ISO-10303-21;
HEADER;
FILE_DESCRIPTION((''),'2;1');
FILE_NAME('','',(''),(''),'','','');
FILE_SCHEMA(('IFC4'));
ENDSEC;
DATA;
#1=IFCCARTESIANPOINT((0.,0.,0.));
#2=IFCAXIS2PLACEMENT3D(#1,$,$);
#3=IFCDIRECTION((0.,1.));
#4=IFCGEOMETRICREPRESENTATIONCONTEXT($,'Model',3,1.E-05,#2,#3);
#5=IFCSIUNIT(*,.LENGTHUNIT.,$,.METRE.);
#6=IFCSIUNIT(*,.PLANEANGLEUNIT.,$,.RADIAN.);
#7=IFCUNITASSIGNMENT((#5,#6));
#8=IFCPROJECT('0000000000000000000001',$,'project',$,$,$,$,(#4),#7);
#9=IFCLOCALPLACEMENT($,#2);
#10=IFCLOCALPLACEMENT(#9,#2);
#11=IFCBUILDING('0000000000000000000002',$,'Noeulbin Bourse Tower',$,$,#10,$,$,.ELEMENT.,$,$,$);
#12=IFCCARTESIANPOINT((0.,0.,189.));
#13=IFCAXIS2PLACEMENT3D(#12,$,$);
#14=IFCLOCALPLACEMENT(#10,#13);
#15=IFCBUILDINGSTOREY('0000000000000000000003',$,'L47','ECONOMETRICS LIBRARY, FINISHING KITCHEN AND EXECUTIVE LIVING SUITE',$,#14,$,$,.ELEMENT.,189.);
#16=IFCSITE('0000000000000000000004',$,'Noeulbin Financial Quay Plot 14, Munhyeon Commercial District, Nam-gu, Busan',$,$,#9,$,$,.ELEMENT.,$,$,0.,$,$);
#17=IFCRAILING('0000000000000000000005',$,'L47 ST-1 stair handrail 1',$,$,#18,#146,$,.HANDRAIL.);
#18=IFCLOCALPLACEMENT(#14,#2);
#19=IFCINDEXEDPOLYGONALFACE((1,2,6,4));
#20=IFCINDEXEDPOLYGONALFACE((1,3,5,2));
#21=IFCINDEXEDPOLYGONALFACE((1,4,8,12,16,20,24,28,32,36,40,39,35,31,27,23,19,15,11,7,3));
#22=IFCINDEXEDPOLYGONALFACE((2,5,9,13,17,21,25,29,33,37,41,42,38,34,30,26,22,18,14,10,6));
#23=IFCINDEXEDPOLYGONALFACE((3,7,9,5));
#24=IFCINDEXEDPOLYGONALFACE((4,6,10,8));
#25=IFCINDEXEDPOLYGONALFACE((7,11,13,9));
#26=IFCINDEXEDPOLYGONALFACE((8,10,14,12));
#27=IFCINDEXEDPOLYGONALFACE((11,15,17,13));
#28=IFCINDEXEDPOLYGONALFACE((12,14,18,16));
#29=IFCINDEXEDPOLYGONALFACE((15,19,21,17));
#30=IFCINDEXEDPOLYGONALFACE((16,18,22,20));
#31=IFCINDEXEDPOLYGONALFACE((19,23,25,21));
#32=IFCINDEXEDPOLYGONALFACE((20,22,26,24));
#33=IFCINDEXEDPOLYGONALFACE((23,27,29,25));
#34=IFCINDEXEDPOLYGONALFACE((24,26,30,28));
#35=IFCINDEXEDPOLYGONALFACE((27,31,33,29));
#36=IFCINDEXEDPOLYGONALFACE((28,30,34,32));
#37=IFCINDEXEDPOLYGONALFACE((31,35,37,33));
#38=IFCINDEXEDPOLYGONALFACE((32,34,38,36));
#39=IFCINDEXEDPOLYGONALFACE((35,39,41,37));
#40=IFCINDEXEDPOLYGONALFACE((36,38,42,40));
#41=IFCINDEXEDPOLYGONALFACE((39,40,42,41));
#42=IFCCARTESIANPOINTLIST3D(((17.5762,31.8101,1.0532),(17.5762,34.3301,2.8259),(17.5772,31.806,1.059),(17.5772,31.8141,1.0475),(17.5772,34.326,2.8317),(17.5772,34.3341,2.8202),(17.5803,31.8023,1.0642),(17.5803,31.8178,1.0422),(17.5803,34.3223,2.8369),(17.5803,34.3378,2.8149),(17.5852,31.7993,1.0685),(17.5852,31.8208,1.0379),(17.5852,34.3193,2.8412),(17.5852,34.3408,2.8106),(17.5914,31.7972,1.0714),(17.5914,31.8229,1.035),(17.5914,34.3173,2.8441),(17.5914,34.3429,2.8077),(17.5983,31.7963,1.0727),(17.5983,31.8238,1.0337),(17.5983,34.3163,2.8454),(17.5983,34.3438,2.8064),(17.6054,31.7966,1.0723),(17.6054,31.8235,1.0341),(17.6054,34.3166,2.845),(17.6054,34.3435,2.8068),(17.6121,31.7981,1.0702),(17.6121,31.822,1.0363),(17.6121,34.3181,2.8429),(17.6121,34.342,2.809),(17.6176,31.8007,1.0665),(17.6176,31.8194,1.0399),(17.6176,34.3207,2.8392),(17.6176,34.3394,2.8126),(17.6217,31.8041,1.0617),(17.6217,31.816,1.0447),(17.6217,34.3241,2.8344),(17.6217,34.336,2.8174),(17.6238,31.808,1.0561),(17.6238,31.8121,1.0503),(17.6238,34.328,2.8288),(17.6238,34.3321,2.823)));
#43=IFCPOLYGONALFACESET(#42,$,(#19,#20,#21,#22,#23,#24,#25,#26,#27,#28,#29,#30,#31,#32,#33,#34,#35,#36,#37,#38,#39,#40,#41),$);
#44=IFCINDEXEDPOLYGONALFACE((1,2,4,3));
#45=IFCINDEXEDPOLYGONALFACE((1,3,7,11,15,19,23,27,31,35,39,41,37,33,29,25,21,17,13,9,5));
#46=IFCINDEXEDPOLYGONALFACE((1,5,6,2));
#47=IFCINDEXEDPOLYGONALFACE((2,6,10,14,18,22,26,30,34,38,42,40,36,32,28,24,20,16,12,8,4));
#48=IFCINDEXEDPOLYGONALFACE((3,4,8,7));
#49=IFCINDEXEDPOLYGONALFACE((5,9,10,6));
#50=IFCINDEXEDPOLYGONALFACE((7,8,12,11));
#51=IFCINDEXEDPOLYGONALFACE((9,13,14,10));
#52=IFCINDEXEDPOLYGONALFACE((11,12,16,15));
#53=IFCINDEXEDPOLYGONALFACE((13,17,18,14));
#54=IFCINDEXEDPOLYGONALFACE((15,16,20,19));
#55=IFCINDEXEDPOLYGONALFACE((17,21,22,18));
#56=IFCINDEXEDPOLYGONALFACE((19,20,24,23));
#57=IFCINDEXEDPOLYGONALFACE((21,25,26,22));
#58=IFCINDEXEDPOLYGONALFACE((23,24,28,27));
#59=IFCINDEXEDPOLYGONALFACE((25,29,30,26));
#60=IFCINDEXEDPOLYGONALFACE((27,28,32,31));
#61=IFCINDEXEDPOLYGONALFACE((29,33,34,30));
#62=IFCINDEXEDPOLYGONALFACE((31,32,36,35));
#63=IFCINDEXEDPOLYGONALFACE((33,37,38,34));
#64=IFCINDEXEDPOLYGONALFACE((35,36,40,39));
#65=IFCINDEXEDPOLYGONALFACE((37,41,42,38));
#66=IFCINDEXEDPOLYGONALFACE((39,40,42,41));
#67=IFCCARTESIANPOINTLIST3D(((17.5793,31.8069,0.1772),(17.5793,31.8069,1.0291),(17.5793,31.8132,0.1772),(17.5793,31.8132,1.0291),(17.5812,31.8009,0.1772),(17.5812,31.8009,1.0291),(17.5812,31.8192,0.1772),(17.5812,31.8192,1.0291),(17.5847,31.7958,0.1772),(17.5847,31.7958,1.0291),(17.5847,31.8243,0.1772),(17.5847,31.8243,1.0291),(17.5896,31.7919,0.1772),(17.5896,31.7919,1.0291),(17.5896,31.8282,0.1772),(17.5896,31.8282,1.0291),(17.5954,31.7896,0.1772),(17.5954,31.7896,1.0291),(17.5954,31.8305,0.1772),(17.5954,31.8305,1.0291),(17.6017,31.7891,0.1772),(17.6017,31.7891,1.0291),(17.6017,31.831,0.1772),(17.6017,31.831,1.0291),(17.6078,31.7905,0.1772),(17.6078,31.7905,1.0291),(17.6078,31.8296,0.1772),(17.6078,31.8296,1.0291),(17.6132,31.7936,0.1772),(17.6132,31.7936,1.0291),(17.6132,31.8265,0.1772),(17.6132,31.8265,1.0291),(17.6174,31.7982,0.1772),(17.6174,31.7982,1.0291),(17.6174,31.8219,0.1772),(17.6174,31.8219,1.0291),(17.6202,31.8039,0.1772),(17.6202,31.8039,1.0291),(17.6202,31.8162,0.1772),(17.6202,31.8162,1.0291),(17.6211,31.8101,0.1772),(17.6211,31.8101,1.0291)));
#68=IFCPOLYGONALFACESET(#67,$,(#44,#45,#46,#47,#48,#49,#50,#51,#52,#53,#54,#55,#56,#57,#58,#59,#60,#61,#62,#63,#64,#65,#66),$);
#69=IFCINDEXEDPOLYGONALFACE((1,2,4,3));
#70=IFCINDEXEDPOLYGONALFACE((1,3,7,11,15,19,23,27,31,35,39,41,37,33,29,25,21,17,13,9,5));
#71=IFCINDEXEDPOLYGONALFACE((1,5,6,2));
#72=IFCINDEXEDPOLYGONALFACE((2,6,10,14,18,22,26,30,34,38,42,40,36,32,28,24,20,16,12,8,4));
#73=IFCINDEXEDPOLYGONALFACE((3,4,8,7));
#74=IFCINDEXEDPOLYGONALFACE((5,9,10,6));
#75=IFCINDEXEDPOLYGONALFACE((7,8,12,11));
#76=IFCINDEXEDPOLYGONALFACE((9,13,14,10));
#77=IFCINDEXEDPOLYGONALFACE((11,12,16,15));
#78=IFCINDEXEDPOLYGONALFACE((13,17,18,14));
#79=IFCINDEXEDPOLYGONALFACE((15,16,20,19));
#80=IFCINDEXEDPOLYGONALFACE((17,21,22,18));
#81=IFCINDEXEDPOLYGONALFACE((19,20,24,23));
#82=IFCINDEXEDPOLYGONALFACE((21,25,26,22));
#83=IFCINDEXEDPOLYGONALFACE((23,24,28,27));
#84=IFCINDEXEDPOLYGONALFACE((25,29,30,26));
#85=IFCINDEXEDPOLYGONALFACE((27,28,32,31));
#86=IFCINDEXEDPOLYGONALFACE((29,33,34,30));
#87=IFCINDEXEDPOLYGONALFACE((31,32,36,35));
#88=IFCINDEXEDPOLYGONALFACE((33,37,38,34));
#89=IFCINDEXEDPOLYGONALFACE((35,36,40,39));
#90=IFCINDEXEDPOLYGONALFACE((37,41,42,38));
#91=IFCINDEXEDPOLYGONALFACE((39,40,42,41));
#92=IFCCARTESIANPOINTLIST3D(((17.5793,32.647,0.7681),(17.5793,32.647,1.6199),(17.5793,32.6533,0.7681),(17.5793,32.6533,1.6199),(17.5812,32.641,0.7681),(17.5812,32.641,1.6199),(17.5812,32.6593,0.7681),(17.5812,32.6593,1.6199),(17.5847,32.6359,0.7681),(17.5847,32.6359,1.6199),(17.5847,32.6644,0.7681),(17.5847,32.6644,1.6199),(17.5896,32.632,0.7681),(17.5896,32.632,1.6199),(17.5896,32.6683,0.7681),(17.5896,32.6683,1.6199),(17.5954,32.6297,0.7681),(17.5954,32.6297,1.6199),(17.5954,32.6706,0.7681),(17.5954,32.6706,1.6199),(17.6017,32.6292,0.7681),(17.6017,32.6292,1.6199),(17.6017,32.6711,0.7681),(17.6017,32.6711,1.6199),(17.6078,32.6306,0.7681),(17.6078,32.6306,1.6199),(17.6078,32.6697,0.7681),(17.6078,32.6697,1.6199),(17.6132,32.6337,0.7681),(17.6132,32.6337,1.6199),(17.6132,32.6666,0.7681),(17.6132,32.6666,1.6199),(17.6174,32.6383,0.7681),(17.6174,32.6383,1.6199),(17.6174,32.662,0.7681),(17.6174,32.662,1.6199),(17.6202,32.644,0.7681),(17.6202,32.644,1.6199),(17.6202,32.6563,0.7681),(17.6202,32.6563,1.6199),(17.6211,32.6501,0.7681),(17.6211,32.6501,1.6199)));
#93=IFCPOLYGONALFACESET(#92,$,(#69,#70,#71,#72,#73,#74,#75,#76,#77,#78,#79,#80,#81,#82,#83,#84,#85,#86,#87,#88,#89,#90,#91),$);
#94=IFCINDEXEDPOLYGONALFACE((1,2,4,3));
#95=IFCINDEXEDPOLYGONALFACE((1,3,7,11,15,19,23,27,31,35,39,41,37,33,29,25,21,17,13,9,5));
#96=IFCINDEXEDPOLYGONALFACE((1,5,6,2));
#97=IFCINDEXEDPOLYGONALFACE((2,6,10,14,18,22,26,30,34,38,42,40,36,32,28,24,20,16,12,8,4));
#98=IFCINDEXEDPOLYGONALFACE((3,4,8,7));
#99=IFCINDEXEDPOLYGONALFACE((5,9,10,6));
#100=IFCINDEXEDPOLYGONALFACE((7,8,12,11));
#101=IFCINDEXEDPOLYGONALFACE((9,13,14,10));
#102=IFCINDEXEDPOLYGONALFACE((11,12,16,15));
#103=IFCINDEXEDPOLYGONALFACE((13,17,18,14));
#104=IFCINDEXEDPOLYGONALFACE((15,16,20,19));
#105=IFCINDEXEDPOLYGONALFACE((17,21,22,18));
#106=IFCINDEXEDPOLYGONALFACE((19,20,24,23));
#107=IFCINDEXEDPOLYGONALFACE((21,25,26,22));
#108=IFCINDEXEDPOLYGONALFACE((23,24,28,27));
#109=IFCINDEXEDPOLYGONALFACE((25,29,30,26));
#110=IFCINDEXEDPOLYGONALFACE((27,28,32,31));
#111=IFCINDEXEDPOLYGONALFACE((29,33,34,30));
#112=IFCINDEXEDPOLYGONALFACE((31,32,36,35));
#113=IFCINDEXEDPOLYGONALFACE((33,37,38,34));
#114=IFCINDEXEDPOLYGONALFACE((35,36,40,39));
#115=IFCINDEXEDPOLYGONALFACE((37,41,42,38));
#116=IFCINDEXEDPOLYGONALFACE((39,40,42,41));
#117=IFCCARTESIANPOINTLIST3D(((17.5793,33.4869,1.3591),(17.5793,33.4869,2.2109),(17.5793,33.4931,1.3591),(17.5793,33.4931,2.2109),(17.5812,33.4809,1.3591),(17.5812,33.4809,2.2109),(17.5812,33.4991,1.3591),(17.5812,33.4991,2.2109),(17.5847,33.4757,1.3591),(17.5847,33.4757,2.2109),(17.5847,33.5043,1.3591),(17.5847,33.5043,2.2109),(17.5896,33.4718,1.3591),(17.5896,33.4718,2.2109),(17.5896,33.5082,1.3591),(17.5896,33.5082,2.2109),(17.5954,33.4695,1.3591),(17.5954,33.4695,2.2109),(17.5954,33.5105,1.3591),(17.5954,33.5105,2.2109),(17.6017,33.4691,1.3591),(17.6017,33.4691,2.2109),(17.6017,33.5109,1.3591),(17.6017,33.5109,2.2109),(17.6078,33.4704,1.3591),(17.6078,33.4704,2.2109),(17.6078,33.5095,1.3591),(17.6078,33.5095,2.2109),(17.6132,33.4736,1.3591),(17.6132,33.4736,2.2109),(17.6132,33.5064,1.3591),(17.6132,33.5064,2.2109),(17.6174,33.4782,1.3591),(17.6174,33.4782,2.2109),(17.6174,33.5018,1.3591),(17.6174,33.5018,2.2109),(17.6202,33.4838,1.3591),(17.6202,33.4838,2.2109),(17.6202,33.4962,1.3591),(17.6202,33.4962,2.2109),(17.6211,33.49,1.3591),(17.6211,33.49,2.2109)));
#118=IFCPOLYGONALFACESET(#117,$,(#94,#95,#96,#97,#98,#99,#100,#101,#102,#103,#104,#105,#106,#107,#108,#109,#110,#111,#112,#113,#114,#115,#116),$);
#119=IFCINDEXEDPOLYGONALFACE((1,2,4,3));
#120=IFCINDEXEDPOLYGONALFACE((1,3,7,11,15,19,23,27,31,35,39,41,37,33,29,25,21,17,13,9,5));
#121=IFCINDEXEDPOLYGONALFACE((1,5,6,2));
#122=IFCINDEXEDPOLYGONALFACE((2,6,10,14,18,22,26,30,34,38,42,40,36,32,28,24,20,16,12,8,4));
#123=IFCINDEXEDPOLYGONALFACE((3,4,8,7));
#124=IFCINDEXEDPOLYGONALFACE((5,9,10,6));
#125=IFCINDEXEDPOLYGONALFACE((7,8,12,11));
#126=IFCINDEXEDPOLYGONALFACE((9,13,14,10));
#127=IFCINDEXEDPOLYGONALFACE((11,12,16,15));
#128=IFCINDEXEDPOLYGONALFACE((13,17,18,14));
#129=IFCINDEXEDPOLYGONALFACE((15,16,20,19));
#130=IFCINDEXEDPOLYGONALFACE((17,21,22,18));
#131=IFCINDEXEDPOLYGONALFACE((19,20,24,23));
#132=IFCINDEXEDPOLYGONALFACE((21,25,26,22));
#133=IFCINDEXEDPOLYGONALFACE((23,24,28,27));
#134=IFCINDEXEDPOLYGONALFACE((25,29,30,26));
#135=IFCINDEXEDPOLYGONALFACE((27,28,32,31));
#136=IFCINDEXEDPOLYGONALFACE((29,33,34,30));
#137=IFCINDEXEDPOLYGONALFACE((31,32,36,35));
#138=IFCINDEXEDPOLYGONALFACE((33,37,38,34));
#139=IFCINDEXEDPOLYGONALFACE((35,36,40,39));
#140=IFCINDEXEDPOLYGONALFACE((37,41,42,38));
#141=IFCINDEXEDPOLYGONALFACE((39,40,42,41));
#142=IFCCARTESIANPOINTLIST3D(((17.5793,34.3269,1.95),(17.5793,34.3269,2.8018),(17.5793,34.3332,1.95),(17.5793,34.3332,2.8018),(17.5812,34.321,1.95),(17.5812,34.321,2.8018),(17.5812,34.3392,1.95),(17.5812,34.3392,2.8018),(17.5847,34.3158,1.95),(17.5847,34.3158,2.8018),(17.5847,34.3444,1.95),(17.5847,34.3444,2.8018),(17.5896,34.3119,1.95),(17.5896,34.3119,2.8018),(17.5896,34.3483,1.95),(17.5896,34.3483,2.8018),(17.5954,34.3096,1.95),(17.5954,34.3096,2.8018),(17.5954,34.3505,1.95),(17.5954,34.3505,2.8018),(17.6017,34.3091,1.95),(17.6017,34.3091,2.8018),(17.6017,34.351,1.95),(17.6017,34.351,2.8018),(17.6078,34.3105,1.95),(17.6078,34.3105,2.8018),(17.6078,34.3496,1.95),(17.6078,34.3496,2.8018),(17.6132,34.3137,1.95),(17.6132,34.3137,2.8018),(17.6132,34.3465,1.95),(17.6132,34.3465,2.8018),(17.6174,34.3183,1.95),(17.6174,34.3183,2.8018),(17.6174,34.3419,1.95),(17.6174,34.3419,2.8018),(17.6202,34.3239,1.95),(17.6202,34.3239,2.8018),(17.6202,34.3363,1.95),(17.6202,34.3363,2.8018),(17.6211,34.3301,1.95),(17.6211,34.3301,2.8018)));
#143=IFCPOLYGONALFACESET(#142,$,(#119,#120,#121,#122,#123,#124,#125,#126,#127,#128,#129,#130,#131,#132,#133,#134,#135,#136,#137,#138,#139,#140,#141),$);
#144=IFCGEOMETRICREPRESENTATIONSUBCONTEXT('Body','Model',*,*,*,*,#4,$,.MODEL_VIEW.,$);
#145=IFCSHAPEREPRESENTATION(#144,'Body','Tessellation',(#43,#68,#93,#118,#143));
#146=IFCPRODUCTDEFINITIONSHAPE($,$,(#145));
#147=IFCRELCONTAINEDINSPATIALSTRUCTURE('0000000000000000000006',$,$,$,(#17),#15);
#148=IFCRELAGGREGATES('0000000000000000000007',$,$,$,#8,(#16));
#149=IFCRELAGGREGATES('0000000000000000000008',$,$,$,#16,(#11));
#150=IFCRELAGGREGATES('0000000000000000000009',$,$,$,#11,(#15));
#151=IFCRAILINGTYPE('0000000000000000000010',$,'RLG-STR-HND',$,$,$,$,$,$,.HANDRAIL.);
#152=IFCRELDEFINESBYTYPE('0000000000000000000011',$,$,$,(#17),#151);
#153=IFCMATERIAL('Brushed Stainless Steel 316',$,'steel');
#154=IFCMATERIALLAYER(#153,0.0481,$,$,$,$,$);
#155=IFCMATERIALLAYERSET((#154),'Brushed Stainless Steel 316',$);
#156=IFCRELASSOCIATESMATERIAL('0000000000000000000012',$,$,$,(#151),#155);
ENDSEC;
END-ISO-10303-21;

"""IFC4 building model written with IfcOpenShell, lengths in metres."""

from ifc_helpers import new_model, si_unit, direction, frame, origin, origin_2d, place, context, subcontext, project, spatial, circle, extrude, material, layer, layer_set, type_object, element, save


model = new_model("IFC4")

# Units and contexts
model_context = context("Model", 3, precision=1e-05, world=origin(), true_north=direction((0.0, 1.0)))
body_context = subcontext(model_context, "Body", "Model", "MODEL_VIEW")
ifc_project = project(units=[si_unit("LENGTHUNIT", "METRE"), si_unit("PLANEANGLEUNIT", "RADIAN")], contexts=[model_context])

# Site, building, storey
site_placement = place(None, origin())
site = spatial("IfcSite", under=ifc_project, at=site_placement, Name="Noeulbin Financial Quay Plot 14, Munhyeon Commercial District, Nam-gu, Busan", CompositionType="ELEMENT", RefElevation=0.0)
building_placement = place(site_placement, origin())
building = spatial("IfcBuilding", under=site, at=building_placement, Name="Noeulbin Bourse Tower", CompositionType="ELEMENT")
storey_placement = place(building_placement, frame((0.0, 0.0, 189.0)))
storey = spatial("IfcBuildingStorey", under=building, at=storey_placement, Name="L47", Description="ECONOMETRICS LIBRARY, FINISHING KITCHEN AND EXECUTIVE LIVING SUITE", CompositionType="ELEMENT", Elevation=189.0)

# Shared definitions
ifc_material_1 = material(Name="Brushed Stainless Steel 316", Category="steel")

# Railing
ifc_layer_1 = layer(ifc_material_1, 0.0481)
ifc_layer_set_1 = layer_set([ifc_layer_1], Name="Brushed Stainless Steel 316")
railing_type_1 = type_object("IfcRailingType", Name="RLG-STR-HND", PredefinedType="HANDRAIL", material=ifc_layer_set_1)
railing_1_placement = place(storey_placement, frame((17.6001, 31.8101, 0.1772)))
element("IfcRailing", 1, at=railing_1_placement, inside=storey, type_object=railing_type_1, Name="L47 ST-1 stair handrail 1", PredefinedType="HANDRAIL", context=body_context, shape_type="SweptSolid", body=[
    extrude(circle(Radius=0.0239, at=origin_2d()), frame((0.0, 0.0, 0.876), z_axis=(0.0, 0.817904, 0.575354), x_axis=(-1.0, 0.0, 0.0)), (0.0, 0.0, 1.0), 3.0811),
    extrude(circle(Radius=0.021, at=origin_2d()), origin(), (0.0, 0.0, 1.0), 0.8518),
    extrude(circle(Radius=0.021, at=origin_2d()), frame((0.0, 0.8401, 0.5908)), (0.0, 0.0, 1.0), 0.8518),
    extrude(circle(Radius=0.021, at=origin_2d()), frame((0.0, 1.6799, 1.1819)), (0.0, 0.0, 1.0), 0.8518),
    extrude(circle(Radius=0.021, at=origin_2d()), frame((0.0, 2.52, 1.7727)), (0.0, 0.0, 1.0), 0.8518),
])

save(model, "model.ifc")
